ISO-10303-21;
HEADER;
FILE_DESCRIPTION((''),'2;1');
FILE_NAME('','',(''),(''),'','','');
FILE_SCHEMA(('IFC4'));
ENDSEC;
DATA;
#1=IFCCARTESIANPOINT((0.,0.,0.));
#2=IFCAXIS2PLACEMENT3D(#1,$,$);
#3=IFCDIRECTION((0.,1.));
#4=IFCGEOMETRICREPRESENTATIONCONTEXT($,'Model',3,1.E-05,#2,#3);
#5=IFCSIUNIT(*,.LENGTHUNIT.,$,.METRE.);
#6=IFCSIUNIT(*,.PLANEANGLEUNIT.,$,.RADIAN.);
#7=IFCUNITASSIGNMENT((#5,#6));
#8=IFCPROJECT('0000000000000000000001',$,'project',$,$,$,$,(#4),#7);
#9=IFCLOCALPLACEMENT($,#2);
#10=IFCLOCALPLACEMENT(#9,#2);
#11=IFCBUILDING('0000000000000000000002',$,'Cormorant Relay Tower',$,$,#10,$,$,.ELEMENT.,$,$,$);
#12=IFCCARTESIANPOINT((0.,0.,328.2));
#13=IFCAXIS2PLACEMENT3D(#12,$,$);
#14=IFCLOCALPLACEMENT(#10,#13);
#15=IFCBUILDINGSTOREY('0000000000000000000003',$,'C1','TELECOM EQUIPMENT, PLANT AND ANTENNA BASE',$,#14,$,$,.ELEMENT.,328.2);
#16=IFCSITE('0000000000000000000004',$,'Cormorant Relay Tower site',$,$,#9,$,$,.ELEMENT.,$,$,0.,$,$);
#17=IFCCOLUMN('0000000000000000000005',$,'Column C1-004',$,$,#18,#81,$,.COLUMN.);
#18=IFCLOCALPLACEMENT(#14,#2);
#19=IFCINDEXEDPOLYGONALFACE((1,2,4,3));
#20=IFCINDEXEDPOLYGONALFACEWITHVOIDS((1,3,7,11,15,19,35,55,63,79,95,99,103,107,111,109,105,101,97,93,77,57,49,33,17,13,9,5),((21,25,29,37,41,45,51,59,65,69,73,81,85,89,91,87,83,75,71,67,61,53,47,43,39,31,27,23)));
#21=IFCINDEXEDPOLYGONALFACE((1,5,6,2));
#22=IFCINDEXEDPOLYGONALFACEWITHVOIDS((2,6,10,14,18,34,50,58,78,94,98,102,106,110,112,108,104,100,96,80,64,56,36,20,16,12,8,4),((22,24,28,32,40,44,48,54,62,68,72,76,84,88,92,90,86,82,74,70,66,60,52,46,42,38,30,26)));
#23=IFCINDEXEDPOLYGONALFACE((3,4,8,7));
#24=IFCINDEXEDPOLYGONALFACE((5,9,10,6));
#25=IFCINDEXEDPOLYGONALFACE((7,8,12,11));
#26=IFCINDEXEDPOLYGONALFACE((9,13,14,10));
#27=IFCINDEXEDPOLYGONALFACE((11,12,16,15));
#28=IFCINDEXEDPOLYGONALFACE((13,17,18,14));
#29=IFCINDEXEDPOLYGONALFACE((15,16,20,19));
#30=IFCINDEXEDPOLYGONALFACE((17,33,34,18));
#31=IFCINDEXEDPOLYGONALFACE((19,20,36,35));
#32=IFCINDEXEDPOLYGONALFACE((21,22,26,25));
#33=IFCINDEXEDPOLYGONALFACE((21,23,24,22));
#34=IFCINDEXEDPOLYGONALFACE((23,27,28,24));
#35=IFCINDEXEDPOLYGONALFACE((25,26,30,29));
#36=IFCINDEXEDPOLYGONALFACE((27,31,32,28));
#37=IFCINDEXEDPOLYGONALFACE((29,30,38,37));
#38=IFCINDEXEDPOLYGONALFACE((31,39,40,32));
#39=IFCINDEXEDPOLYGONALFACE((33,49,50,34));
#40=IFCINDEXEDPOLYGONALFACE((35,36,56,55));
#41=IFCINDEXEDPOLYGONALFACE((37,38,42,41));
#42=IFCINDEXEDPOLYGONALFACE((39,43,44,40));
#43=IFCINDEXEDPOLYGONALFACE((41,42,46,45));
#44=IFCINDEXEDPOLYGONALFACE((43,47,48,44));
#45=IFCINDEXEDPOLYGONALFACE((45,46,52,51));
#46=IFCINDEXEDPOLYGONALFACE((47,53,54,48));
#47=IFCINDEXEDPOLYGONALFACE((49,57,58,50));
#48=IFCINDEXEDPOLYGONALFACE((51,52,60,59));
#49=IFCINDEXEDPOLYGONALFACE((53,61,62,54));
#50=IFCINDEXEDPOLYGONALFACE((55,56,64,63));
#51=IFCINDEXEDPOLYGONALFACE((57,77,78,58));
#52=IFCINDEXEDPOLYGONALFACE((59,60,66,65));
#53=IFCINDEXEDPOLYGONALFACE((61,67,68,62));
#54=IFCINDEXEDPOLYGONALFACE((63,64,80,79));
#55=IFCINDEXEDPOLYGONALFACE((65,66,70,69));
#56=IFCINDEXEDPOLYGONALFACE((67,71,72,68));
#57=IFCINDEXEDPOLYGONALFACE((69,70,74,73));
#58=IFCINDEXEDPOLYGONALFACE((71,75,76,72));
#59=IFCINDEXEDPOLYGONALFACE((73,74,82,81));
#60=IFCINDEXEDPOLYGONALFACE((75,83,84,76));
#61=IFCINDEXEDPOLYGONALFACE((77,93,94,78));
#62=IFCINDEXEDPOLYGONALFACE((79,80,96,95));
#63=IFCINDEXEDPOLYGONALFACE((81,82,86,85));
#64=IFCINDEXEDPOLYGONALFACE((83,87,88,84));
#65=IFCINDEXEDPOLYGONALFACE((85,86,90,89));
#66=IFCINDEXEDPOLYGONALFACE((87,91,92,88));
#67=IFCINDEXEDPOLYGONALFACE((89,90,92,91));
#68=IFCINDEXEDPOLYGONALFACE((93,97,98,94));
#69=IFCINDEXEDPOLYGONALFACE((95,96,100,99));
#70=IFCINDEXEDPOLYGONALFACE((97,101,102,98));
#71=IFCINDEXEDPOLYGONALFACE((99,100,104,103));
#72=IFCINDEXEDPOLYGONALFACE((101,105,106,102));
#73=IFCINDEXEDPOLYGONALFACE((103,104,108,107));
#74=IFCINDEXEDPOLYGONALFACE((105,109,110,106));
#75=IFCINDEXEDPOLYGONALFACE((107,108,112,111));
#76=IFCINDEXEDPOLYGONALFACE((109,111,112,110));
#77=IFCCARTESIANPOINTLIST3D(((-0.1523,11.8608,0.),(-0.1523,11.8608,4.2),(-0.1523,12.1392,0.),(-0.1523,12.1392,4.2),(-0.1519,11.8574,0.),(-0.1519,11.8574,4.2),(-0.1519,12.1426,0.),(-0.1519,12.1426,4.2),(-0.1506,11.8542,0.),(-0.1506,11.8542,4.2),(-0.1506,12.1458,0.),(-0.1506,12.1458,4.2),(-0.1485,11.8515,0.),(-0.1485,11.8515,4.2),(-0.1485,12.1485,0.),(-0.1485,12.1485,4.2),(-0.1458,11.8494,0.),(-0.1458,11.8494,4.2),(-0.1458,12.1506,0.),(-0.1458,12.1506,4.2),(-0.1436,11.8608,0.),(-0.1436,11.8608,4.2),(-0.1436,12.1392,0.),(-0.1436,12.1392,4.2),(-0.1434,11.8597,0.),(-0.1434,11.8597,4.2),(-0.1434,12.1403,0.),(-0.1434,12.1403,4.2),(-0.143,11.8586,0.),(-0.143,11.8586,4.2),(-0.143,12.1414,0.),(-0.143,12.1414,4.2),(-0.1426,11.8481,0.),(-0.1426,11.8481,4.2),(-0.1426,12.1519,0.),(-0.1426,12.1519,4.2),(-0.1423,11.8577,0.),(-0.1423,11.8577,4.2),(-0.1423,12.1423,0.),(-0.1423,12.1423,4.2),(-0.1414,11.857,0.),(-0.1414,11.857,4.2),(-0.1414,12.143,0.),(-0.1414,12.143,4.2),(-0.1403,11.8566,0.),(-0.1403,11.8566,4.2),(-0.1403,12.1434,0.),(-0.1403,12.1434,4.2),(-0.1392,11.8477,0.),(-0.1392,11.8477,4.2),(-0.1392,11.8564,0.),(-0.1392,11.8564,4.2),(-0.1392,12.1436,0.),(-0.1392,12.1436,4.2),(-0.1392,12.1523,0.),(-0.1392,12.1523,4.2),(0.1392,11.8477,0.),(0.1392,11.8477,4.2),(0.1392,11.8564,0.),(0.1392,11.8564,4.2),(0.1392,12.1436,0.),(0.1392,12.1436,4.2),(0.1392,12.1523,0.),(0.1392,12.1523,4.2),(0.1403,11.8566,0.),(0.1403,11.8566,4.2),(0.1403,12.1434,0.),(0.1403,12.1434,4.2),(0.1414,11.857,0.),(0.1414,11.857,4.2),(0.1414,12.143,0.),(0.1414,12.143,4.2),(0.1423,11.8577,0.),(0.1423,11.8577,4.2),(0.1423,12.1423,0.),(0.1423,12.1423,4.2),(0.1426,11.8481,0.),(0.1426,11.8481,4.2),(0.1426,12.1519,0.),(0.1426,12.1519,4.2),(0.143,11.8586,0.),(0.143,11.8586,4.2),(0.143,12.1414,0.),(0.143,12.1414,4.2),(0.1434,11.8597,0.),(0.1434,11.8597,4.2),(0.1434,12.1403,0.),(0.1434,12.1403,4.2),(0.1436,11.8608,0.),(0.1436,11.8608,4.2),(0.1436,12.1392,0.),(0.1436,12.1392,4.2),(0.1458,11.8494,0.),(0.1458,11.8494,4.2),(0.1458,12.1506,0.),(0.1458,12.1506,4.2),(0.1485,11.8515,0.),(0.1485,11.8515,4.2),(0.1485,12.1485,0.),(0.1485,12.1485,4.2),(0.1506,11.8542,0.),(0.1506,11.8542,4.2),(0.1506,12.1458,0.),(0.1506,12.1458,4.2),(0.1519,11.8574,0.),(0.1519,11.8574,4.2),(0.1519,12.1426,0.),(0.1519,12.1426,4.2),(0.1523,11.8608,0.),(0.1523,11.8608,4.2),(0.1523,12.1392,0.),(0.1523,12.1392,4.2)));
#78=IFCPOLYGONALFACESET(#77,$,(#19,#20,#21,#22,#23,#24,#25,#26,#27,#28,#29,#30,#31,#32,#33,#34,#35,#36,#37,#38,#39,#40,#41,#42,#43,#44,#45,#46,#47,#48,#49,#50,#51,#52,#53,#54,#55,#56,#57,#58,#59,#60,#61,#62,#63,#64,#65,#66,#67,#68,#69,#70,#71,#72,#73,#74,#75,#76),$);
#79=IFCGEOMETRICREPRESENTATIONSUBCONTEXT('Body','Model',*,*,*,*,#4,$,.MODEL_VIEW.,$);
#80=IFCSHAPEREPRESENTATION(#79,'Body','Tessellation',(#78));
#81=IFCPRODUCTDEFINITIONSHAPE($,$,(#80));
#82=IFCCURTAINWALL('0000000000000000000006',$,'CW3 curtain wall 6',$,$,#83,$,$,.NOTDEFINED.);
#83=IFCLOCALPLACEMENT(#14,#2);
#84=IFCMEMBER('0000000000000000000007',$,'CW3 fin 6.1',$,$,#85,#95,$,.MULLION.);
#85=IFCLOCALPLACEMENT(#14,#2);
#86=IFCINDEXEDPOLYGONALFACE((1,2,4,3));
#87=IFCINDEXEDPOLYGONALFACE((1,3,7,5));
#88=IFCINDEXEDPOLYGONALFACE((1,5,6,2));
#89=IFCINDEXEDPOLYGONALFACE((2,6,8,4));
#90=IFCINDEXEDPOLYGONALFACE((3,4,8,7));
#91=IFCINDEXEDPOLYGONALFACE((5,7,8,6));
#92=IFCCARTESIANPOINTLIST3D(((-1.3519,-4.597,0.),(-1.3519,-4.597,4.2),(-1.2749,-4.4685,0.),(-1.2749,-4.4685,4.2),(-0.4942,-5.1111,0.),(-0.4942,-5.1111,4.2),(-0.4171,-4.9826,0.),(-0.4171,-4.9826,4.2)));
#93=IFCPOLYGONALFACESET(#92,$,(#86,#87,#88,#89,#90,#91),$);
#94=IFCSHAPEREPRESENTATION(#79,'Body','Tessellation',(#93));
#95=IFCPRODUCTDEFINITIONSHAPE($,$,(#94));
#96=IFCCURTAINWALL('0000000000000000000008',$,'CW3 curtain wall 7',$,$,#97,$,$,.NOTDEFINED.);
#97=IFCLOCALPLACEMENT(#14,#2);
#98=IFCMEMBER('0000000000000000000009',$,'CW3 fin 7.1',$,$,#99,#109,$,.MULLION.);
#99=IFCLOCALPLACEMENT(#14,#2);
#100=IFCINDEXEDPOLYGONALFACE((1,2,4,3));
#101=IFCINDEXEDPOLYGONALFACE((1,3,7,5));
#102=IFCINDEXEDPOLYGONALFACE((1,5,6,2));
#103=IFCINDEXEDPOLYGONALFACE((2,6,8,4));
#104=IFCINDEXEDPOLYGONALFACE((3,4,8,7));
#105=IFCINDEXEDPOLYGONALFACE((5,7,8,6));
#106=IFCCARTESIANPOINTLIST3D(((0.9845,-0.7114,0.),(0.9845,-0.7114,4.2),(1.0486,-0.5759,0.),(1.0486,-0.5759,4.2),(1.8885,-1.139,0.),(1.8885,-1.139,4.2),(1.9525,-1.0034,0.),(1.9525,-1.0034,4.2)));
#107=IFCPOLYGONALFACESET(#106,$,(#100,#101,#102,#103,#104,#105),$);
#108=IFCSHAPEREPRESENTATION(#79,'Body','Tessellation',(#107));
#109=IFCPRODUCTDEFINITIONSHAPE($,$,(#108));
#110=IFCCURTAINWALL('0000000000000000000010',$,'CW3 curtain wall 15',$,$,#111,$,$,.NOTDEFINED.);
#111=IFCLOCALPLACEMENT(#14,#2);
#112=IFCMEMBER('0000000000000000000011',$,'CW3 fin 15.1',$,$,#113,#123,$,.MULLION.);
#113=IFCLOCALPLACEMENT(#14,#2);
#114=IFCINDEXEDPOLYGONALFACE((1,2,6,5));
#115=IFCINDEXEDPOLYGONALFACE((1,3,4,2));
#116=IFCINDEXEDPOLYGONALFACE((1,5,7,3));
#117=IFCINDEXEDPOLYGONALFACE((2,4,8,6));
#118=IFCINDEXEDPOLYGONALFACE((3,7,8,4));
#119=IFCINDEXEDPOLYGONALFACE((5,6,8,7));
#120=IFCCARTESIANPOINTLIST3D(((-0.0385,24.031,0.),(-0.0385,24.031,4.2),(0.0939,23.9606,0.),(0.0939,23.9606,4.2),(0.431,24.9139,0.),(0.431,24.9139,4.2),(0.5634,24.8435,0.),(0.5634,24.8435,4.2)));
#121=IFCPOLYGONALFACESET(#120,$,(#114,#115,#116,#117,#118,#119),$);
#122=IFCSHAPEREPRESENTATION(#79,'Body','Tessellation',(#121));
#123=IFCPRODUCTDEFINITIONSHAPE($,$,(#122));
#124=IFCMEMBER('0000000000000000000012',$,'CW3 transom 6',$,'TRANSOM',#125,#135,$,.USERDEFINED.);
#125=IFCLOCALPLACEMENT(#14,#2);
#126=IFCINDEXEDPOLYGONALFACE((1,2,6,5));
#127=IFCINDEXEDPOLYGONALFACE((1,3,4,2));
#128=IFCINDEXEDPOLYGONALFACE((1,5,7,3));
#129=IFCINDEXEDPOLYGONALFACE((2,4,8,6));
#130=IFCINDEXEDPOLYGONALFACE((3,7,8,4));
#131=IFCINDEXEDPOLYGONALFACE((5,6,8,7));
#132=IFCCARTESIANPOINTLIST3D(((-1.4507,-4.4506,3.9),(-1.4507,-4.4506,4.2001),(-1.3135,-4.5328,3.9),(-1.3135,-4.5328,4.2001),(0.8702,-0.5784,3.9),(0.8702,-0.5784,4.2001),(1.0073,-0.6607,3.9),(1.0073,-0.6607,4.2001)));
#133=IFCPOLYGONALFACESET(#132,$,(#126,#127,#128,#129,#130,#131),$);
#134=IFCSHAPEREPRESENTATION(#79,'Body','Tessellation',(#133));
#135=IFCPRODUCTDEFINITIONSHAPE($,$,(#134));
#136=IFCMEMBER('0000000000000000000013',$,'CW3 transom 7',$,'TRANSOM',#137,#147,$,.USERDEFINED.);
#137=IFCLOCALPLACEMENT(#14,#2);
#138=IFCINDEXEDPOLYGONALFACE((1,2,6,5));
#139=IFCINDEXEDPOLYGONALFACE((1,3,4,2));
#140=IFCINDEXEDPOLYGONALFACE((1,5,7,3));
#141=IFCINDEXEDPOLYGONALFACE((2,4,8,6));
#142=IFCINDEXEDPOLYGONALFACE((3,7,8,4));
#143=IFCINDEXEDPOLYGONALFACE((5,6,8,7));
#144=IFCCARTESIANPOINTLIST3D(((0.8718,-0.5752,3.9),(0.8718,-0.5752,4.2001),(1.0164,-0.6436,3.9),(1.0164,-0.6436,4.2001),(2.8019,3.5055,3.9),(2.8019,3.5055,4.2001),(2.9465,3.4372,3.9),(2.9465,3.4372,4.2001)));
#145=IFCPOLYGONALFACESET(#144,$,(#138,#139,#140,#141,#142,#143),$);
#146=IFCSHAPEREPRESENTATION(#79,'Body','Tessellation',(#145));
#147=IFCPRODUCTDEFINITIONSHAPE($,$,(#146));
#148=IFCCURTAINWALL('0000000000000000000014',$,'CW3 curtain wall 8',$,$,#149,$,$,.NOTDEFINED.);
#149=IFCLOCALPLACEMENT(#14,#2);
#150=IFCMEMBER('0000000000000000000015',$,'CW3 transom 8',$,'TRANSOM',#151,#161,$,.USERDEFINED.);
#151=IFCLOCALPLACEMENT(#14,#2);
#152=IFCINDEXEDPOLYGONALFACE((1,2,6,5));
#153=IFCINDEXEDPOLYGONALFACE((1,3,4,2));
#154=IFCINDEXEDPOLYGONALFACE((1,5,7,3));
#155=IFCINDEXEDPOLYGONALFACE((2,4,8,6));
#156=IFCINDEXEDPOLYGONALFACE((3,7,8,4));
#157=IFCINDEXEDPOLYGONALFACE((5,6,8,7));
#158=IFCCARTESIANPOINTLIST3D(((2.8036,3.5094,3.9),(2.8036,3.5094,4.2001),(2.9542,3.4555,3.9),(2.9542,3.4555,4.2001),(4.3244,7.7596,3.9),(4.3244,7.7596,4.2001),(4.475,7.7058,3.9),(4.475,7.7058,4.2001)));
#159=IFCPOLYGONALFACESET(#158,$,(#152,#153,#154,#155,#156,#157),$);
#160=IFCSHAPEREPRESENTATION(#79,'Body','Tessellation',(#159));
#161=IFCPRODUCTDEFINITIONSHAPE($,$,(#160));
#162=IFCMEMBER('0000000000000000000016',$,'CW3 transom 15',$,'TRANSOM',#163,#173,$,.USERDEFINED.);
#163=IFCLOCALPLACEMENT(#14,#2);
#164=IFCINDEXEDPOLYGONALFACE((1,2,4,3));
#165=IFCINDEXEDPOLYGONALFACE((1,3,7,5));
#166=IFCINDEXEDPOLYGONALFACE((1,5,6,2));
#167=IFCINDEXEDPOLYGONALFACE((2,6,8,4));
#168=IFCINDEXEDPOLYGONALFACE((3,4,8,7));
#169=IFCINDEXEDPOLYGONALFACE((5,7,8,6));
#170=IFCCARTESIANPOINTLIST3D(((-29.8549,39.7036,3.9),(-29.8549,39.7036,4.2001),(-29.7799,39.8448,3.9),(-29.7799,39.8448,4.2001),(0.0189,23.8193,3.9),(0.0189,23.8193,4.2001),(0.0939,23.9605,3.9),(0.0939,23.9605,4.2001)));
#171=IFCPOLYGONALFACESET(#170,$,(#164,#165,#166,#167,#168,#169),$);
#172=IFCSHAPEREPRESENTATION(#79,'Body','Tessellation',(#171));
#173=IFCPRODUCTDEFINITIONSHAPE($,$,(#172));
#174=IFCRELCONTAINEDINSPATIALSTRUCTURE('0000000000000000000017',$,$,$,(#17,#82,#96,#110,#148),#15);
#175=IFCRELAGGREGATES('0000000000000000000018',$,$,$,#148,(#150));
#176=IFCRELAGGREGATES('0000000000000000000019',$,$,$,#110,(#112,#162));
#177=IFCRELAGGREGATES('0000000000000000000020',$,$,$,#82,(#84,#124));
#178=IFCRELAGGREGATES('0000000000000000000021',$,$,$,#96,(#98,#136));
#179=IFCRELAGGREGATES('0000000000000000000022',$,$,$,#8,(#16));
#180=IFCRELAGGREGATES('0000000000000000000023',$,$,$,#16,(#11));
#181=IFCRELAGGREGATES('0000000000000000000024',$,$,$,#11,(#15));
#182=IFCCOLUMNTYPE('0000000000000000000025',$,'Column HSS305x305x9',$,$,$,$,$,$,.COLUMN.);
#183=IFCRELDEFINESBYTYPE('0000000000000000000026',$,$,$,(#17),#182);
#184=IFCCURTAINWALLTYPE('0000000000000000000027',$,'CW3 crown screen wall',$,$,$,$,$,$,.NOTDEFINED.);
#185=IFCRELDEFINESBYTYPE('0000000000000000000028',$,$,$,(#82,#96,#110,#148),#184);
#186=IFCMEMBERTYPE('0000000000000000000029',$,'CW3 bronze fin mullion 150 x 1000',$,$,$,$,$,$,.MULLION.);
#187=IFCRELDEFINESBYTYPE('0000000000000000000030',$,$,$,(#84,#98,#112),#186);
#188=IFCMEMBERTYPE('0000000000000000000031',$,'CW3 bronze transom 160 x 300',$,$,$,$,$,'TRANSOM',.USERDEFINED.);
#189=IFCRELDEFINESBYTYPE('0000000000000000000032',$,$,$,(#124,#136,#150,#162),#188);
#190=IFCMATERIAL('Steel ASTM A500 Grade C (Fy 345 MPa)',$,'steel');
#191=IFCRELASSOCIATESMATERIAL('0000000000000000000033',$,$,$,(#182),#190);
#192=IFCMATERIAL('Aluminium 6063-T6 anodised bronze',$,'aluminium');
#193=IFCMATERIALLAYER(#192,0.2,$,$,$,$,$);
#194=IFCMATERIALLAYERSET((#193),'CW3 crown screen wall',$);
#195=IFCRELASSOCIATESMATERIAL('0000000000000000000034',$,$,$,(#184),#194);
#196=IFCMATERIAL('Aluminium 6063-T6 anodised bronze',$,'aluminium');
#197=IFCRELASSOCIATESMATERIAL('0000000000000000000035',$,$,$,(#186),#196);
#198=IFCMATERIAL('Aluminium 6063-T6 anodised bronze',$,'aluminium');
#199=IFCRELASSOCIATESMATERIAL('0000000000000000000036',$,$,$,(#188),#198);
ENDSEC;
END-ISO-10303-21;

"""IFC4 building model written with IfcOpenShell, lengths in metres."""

from ifc_helpers import new_model, si_unit, direction, frame, origin, origin_2d, place, context, subcontext, project, spatial, rectangle, hollow_rectangle, extrude, material, layer, layer_set, material_profile, profile_set, type_object, element, aggregate, save


model = new_model("IFC4")

# Units and contexts
model_context = context("Model", 3, precision=1e-05, world=origin(), true_north=direction((0.0, 1.0)))
body_context = subcontext(model_context, "Body", "Model", "MODEL_VIEW")
ifc_project = project(units=[si_unit("LENGTHUNIT", "METRE"), si_unit("PLANEANGLEUNIT", "RADIAN")], contexts=[model_context])

# Site, building, storey
site_placement = place(None, origin())
site = spatial("IfcSite", under=ifc_project, at=site_placement, Name="Cormorant Relay Tower site", CompositionType="ELEMENT", RefElevation=0.0)
building_placement = place(site_placement, origin())
building = spatial("IfcBuilding", under=site, at=building_placement, Name="Cormorant Relay Tower", CompositionType="ELEMENT")
storey_placement = place(building_placement, frame((0.0, 0.0, 328.2)))
storey = spatial("IfcBuildingStorey", under=building, at=storey_placement, Name="C1", Description="TELECOM EQUIPMENT, PLANT AND ANTENNA BASE", CompositionType="ELEMENT", Elevation=328.2)

# Column
ifc_material_1 = material(Name="Steel ASTM A500 Grade C (Fy 345 MPa)", Category="steel")
ifc_material_profile_1 = material_profile(ifc_material_1, hollow_rectangle(XDim=0.3047, YDim=0.3047, WallThickness=0.0088, InnerFilletRadius=0.0044, OuterFilletRadius=0.0132, at=origin_2d()), Name="HSS305x305x9")
ifc_profile_set_1 = profile_set([ifc_material_profile_1], Name="Steel ASTM A500 Grade C (Fy 345 MPa)")
column_type = type_object("IfcColumnType", Name="Column HSS305x305x9", PredefinedType="COLUMN", material=ifc_profile_set_1)
column_placement = place(storey_placement, frame((0.0, 12.0, 0.0), z_axis=(0.0, 0.0, 1.0), x_axis=(1.0, 0.0, 0.0)))
element("IfcColumn", 1, at=column_placement, inside=storey, type_object=column_type, Name="Column C1-004", PredefinedType="COLUMN", context=body_context, shape_type="SweptSolid", body=[
    extrude(hollow_rectangle(XDim=0.3047, YDim=0.3047, WallThickness=0.0088, InnerFilletRadius=0.0044, OuterFilletRadius=0.0132, at=origin_2d()), origin(), (0.0, 0.0, 1.0), 4.2),
])

# Curtain walls, members
ifc_material_2 = material(Name="Aluminium 6063-T6 anodised bronze", Category="aluminium")
ifc_layer_1 = layer(ifc_material_2, 0.2)
ifc_layer_set_1 = layer_set([ifc_layer_1], Name="CW3 crown screen wall")
curtain_wall_type = type_object("IfcCurtainWallType", Name="CW3 crown screen wall", PredefinedType="NOTDEFINED", material=ifc_layer_set_1)
curtain_wall_1_placement = place(storey_placement, origin())
curtain_wall_1 = element("IfcCurtainWall", 2, at=curtain_wall_1_placement, inside=storey, type_object=curtain_wall_type, Name="CW3 curtain wall 6", PredefinedType="NOTDEFINED")
ifc_material_3 = material(Name="Aluminium 6063-T6 anodised bronze", Category="aluminium")
ifc_material_profile_2 = material_profile(ifc_material_3, rectangle(XDim=0.1499, YDim=1.0, at=origin_2d()), Name="AL 150x1000")
ifc_profile_set_2 = profile_set([ifc_material_profile_2], Name="Aluminium 6063-T6 anodised bronze")
member_type_1 = type_object("IfcMemberType", Name="CW3 bronze fin mullion 150 x 1000", PredefinedType="MULLION", material=ifc_profile_set_2)
member_1_placement = place(storey_placement, frame((-0.8845, -4.7898, 0.0), z_axis=(0.0, 0.0, 1.0), x_axis=(0.514103, 0.857729, 0.0)))
member_1 = element("IfcMember", 3, at=member_1_placement, type_object=member_type_1, Name="CW3 fin 6.1", PredefinedType="MULLION", context=body_context, shape_type="SweptSolid", body=[
    extrude(rectangle(XDim=0.1499, YDim=1.0, at=origin_2d()), origin(), (0.0, 0.0, 1.0), 4.2),
])
curtain_wall_2_placement = place(storey_placement, origin())
curtain_wall_2 = element("IfcCurtainWall", 4, at=curtain_wall_2_placement, inside=storey, type_object=curtain_wall_type, Name="CW3 curtain wall 7", PredefinedType="NOTDEFINED")
member_2_placement = place(storey_placement, frame((1.4685, -0.8574, 0.0), z_axis=(0.0, 0.0, 1.0), x_axis=(0.427555, 0.903989, 0.0)))
member_2 = element("IfcMember", 5, at=member_2_placement, type_object=member_type_1, Name="CW3 fin 7.1", PredefinedType="MULLION", context=body_context, shape_type="SweptSolid", body=[
    extrude(rectangle(XDim=0.1499, YDim=1.0, at=origin_2d()), origin(), (0.0, 0.0, 1.0), 4.2),
])
curtain_wall_3_placement = place(storey_placement, origin())
curtain_wall_3 = element("IfcCurtainWall", 6, at=curtain_wall_3_placement, inside=storey, type_object=curtain_wall_type, Name="CW3 curtain wall 15", PredefinedType="NOTDEFINED")
member_3_placement = place(storey_placement, frame((0.2625, 24.4373, 0.0), z_axis=(0.0, 0.0, 1.0), x_axis=(-0.882948, 0.469472, 0.0)))
member_3 = element("IfcMember", 7, at=member_3_placement, type_object=member_type_1, Name="CW3 fin 15.1", PredefinedType="MULLION", context=body_context, shape_type="SweptSolid", body=[
    extrude(rectangle(XDim=0.1499, YDim=1.0, at=origin_2d()), origin(), (0.0, 0.0, 1.0), 4.2),
])

# Members
ifc_material_4 = material(Name="Aluminium 6063-T6 anodised bronze", Category="aluminium")
ifc_material_profile_3 = material_profile(ifc_material_4, rectangle(XDim=0.1599, YDim=0.3, at=origin_2d()), Name="AL 160x300")
ifc_profile_set_3 = profile_set([ifc_material_profile_3], Name="Aluminium 6063-T6 anodised bronze")
member_type_2 = type_object("IfcMemberType", Name="CW3 bronze transom 160 x 300", ElementType="TRANSOM", PredefinedType="USERDEFINED", material=ifc_profile_set_3)
member_4_placement = place(storey_placement, frame((-1.3821, -4.4917, 4.05), z_axis=(0.514098, 0.857731, 0.0), x_axis=(-0.857731, 0.514098, 0.0)))
member_4 = element("IfcMember", 8, at=member_4_placement, type_object=member_type_2, Name="CW3 transom 6", ObjectType="TRANSOM", PredefinedType="USERDEFINED", context=body_context, shape_type="SweptSolid", body=[
    extrude(rectangle(XDim=0.1599, YDim=0.3, at=origin_2d()), origin(), (0.0, 0.0, 1.0), 4.5144),
])
member_5_placement = place(storey_placement, frame((0.9441, -0.6094, 4.05), z_axis=(0.427572, 0.903981, 0.0), x_axis=(-0.903981, 0.427572, 0.0)))
member_5 = element("IfcMember", 9, at=member_5_placement, type_object=member_type_2, Name="CW3 transom 7", ObjectType="TRANSOM", PredefinedType="USERDEFINED", context=body_context, shape_type="SweptSolid", body=[
    extrude(rectangle(XDim=0.1599, YDim=0.3, at=origin_2d()), origin(), (0.0, 0.0, 1.0), 4.5142),
])

# Curtain wall, member
curtain_wall_4_placement = place(storey_placement, origin())
curtain_wall_4 = element("IfcCurtainWall", 10, at=curtain_wall_4_placement, inside=storey, type_object=curtain_wall_type, Name="CW3 curtain wall 8", PredefinedType="NOTDEFINED")
member_6_placement = place(storey_placement, frame((2.8789, 3.4824, 4.05), z_axis=(0.336888, 0.941545, 0.0), x_axis=(-0.941545, 0.336888, 0.0)))
member_6 = element("IfcMember", 11, at=member_6_placement, type_object=member_type_2, Name="CW3 transom 8", ObjectType="TRANSOM", PredefinedType="USERDEFINED", context=body_context, shape_type="SweptSolid", body=[
    extrude(rectangle(XDim=0.1599, YDim=0.3, at=origin_2d()), origin(), (0.0, 0.0, 1.0), 4.5142),
])
aggregate(curtain_wall_4, [member_6])

# Member
member_7_placement = place(storey_placement, frame((0.0564, 23.8899, 4.05), z_axis=(-0.882946, 0.469474, 0.0), x_axis=(-0.469474, -0.882946, 0.0)))
member_7 = element("IfcMember", 12, at=member_7_placement, type_object=member_type_2, Name="CW3 transom 15", ObjectType="TRANSOM", PredefinedType="USERDEFINED", context=body_context, shape_type="SweptSolid", body=[
    extrude(rectangle(XDim=0.1599, YDim=0.3, at=origin_2d()), origin(), (0.0, 0.0, 1.0), 33.8342),
])
aggregate(curtain_wall_3, [member_3, member_7])

aggregate(curtain_wall_1, [member_1, member_4])
aggregate(curtain_wall_2, [member_2, member_5])

save(model, "model.ifc")
